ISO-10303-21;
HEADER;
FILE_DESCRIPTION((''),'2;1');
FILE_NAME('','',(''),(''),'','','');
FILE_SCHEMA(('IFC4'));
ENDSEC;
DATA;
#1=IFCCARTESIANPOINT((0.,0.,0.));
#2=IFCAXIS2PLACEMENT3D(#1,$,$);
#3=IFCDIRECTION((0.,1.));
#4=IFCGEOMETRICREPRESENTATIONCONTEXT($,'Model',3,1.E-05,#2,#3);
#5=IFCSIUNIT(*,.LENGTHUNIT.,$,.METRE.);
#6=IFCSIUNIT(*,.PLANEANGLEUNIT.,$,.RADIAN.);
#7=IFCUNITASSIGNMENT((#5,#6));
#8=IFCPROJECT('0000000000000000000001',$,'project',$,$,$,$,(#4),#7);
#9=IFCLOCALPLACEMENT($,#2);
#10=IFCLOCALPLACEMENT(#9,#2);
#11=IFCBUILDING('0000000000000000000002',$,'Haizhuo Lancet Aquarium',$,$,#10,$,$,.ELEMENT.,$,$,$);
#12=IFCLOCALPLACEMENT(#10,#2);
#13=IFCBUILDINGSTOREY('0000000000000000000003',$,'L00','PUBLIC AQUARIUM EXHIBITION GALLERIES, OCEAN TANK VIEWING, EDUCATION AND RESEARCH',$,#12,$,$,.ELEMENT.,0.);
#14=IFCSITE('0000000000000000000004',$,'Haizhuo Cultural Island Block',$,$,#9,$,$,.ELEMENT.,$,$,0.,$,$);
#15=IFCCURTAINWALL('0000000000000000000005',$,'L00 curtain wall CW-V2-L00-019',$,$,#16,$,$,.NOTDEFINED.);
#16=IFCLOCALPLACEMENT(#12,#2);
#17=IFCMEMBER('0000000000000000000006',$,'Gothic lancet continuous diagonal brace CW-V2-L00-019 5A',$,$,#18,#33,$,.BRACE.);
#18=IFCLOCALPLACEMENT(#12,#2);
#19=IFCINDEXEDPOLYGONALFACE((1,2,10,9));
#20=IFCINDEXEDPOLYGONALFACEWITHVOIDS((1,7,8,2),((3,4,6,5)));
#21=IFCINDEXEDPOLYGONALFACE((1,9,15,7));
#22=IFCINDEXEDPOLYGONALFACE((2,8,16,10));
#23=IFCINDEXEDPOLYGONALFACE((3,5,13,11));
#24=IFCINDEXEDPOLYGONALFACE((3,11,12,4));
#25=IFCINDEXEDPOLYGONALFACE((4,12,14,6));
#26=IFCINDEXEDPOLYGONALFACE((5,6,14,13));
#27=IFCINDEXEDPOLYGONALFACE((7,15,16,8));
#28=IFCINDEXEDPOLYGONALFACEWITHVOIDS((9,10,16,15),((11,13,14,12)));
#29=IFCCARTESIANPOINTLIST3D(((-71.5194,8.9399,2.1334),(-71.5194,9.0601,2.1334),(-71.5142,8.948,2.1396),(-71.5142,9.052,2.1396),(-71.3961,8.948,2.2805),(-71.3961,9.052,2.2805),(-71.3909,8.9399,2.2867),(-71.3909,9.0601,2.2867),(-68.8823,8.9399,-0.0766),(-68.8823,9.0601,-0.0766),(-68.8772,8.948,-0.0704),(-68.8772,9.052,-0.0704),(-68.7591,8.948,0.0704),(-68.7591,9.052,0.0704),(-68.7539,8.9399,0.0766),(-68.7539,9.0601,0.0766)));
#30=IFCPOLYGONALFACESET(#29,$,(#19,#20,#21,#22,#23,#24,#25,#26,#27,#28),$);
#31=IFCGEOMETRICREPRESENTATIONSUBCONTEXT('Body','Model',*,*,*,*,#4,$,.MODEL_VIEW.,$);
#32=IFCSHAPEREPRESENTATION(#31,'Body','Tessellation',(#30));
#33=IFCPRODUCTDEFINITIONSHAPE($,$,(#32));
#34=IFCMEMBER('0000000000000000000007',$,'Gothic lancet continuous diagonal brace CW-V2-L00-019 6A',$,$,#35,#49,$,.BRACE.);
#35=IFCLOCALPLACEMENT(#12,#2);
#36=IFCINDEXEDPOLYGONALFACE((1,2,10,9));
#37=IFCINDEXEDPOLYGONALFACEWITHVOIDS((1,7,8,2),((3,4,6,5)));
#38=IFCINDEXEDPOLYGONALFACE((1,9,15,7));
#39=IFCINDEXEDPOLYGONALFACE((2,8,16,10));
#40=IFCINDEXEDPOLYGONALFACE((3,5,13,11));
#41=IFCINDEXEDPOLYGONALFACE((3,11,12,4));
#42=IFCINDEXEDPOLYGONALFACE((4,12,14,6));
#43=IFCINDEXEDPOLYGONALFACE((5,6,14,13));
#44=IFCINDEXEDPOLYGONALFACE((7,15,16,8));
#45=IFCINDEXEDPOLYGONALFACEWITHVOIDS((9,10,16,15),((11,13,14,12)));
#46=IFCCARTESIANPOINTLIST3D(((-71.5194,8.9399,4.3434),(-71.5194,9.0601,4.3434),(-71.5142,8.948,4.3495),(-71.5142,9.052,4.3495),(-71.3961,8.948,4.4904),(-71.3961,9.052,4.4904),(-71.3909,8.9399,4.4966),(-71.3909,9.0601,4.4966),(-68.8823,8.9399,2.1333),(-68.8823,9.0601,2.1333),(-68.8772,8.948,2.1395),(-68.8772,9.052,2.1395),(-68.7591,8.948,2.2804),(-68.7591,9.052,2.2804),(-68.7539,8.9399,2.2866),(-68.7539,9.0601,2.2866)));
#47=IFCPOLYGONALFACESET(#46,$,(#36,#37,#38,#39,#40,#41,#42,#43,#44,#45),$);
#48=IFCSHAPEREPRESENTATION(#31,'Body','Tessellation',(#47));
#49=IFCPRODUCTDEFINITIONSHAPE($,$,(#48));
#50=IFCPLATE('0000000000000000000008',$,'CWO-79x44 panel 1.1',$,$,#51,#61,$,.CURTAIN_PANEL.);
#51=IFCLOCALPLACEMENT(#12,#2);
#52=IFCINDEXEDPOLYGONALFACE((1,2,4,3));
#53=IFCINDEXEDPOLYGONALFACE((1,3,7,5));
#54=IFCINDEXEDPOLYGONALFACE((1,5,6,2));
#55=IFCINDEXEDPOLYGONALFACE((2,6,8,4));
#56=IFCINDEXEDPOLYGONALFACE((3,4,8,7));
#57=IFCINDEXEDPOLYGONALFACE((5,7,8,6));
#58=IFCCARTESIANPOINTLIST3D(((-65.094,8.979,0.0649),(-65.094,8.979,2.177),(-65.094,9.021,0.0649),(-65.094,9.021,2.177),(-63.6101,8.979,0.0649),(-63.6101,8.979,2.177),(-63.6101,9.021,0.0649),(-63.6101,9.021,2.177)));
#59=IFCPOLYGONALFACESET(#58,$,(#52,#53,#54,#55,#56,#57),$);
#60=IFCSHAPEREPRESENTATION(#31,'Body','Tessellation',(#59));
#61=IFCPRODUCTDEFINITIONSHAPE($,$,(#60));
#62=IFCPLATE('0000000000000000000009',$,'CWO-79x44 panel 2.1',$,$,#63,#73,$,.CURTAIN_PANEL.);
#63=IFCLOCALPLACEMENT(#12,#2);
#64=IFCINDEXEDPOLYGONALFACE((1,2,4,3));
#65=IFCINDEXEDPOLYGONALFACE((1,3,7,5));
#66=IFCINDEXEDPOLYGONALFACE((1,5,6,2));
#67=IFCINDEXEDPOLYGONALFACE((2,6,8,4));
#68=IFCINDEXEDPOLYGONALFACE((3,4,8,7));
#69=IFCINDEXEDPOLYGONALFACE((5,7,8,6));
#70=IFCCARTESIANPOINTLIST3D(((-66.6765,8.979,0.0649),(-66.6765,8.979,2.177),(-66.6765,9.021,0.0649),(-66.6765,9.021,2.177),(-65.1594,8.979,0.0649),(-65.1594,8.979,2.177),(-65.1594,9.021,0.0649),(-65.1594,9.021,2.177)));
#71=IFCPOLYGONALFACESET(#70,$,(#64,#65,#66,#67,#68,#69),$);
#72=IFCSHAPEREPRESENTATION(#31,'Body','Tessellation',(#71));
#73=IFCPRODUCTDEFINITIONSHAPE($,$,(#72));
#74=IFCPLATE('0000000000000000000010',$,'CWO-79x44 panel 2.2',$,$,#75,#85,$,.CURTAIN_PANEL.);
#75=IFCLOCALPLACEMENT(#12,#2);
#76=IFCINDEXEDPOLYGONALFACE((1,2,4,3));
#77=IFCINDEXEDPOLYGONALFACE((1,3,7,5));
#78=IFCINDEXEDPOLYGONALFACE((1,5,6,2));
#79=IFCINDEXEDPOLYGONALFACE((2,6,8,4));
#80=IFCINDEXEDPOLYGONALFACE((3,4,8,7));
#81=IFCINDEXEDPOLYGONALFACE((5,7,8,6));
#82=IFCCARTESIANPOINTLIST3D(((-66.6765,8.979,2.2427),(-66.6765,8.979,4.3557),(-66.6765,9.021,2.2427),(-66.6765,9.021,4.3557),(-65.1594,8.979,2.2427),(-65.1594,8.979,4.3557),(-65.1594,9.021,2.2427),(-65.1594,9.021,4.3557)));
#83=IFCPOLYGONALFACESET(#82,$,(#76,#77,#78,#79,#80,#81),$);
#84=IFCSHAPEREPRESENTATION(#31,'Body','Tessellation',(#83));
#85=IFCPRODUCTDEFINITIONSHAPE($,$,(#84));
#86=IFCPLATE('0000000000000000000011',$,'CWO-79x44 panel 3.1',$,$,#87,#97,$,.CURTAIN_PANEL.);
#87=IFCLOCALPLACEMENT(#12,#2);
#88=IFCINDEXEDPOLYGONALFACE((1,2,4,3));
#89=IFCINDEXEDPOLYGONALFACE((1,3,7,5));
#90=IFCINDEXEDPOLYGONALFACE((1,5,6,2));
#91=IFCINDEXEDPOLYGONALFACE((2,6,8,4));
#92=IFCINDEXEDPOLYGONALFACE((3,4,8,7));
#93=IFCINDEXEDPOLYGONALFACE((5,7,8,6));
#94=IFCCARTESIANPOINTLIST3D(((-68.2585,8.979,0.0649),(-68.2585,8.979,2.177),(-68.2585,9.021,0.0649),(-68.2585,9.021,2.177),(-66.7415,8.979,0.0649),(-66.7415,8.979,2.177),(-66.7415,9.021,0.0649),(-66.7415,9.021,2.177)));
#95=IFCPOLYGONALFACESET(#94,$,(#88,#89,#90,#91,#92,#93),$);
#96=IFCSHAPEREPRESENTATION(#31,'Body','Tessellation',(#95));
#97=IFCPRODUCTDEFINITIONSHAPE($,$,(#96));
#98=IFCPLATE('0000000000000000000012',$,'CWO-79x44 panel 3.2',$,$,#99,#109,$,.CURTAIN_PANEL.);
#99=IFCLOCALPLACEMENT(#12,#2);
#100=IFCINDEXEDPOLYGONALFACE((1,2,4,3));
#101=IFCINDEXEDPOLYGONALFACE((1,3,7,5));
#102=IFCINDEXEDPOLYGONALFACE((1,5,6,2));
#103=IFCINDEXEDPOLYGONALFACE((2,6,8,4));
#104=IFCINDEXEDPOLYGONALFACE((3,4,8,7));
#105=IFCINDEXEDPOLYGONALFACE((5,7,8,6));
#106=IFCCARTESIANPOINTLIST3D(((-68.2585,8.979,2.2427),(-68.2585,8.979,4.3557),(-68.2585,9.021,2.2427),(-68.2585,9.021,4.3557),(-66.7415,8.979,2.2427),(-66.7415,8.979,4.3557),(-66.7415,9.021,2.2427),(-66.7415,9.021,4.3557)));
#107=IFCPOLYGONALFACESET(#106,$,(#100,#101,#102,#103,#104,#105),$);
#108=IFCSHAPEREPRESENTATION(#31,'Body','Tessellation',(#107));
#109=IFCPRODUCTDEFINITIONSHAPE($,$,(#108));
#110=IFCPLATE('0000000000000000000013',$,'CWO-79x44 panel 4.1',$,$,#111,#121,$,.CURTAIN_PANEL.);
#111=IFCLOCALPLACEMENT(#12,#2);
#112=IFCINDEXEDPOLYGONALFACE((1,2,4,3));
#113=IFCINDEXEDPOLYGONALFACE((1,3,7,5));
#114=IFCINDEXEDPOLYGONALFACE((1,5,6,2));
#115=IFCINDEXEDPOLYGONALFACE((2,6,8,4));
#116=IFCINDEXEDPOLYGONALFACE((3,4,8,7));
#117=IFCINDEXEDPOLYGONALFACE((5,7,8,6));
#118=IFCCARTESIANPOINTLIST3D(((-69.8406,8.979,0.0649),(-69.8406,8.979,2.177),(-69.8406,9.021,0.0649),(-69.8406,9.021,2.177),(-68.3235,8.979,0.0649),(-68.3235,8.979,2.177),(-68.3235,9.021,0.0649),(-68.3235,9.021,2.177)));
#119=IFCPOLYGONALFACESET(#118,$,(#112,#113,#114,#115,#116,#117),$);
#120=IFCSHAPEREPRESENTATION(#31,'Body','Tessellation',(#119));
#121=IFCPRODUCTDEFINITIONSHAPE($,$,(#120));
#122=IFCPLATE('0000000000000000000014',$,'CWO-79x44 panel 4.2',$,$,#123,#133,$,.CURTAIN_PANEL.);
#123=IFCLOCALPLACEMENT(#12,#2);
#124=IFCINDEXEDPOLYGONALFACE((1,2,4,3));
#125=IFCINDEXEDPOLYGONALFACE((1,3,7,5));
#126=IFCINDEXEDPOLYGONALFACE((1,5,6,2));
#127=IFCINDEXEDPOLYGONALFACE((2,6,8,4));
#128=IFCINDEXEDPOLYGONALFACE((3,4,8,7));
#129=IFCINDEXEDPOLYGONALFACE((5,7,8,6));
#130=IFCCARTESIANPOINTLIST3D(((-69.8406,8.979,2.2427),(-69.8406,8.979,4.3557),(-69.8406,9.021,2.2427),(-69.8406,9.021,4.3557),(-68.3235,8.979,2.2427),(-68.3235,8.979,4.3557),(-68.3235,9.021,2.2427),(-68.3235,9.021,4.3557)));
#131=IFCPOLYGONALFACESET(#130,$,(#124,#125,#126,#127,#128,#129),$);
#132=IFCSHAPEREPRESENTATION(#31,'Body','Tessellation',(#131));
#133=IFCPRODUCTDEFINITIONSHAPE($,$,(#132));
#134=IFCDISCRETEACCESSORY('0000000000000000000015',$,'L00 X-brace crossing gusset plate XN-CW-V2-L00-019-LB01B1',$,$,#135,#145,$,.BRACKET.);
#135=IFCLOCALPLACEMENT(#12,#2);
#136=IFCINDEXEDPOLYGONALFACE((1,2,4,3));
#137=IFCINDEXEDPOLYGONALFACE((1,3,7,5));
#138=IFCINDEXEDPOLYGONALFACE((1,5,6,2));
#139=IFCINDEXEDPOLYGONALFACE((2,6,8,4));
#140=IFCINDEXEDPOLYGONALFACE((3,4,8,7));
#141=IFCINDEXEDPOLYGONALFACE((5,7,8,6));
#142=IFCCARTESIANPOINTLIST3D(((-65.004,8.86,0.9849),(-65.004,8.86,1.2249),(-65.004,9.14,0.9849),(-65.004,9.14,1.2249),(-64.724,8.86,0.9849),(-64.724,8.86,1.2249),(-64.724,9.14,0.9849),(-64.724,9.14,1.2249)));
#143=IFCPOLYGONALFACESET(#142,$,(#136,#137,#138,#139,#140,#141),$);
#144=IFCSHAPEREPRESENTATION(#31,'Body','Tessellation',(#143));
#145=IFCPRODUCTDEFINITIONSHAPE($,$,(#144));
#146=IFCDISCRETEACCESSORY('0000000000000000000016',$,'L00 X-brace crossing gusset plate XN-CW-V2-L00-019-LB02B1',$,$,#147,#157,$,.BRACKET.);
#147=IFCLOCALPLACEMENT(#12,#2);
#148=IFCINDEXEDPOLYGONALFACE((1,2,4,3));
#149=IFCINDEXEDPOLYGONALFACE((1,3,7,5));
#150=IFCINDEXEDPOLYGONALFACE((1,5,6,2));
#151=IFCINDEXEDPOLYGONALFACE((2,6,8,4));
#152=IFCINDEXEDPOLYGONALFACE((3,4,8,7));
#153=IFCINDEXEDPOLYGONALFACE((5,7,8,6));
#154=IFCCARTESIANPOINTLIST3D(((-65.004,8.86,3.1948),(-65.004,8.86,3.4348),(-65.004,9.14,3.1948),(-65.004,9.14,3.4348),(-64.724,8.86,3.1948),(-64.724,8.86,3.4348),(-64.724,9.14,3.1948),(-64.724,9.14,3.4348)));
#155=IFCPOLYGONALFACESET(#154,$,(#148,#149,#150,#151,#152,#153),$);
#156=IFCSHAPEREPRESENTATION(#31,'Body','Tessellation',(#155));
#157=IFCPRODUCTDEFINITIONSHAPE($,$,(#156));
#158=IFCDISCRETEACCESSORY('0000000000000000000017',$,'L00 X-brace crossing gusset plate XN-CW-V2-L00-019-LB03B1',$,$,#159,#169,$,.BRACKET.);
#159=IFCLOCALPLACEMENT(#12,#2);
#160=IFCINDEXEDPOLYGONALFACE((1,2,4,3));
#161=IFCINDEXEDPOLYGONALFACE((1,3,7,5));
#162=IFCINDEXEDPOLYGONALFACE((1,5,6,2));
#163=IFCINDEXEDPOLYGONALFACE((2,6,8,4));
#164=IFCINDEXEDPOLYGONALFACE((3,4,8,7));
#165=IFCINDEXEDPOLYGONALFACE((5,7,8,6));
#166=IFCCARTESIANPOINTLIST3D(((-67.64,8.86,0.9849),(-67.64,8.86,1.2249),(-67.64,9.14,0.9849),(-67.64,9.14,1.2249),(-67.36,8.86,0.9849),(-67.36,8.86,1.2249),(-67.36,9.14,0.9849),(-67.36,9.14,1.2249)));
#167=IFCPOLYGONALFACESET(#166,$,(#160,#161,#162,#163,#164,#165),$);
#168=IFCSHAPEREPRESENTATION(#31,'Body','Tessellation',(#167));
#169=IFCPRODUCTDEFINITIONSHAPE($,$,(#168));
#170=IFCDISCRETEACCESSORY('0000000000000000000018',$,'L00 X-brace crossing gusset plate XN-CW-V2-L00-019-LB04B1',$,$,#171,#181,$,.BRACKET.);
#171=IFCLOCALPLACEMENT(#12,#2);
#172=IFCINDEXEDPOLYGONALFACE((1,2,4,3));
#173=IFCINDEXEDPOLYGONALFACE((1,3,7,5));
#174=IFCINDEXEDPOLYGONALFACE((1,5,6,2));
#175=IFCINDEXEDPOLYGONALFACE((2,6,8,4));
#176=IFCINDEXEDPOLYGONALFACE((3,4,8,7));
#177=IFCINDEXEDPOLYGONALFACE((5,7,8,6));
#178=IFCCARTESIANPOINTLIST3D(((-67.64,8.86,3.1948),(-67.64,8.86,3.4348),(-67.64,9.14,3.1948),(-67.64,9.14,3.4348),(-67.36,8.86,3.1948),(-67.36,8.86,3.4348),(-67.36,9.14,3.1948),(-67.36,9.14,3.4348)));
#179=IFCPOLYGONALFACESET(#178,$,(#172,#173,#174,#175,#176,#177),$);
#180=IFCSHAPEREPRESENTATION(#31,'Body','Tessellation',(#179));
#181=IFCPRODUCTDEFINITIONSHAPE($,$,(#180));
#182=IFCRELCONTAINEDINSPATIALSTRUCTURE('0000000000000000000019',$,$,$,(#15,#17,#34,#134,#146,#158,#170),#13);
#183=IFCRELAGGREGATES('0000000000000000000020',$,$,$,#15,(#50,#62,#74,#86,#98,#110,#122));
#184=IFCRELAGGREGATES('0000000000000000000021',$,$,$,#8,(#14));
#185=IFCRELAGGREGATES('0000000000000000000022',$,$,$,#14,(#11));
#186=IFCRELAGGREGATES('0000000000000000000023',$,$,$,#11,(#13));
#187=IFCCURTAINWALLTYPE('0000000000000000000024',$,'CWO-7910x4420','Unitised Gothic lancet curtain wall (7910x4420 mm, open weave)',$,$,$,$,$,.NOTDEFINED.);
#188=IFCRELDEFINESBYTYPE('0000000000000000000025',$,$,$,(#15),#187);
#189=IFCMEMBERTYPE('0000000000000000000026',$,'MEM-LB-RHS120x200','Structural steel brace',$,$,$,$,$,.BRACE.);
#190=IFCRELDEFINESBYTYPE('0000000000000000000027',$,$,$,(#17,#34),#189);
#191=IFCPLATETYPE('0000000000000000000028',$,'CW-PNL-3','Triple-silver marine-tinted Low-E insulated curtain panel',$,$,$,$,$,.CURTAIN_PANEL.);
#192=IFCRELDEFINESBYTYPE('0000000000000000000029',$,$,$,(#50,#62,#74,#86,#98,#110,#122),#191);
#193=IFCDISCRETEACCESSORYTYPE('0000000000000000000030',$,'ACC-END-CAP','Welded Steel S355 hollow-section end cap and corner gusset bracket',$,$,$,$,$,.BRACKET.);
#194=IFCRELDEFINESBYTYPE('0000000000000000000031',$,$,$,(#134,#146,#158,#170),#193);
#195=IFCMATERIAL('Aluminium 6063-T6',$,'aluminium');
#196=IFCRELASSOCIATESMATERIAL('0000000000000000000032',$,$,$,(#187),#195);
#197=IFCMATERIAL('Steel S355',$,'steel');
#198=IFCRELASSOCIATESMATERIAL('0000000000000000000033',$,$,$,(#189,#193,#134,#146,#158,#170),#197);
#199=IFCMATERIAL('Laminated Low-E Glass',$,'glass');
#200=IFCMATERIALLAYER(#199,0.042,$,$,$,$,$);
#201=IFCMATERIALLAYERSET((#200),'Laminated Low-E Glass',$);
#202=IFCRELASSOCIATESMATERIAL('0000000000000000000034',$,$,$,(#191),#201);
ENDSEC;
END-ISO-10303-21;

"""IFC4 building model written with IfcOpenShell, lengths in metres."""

from ifc_helpers import new_model, si_unit, direction, frame, origin, origin_2d, place, context, subcontext, project, spatial, rectangle, hollow_rectangle, extrude, material, layer, layer_set, material_profile, profile_set, type_object, element, aggregate, save


model = new_model("IFC4")

# Units and contexts
model_context = context("Model", 3, precision=1e-05, world=origin(), true_north=direction((0.0, 1.0)))
body_context = subcontext(model_context, "Body", "Model", "MODEL_VIEW")
ifc_project = project(units=[si_unit("LENGTHUNIT", "METRE"), si_unit("PLANEANGLEUNIT", "RADIAN")], contexts=[model_context])

# Site, building, storey
site_placement = place(None, origin())
site = spatial("IfcSite", under=ifc_project, at=site_placement, Name="Haizhuo Cultural Island Block", CompositionType="ELEMENT", RefElevation=0.0)
building_placement = place(site_placement, origin())
building = spatial("IfcBuilding", under=site, at=building_placement, Name="Haizhuo Lancet Aquarium", CompositionType="ELEMENT")
storey_placement = place(building_placement, origin())
storey = spatial("IfcBuildingStorey", under=building, at=storey_placement, Name="L00", Description="PUBLIC AQUARIUM EXHIBITION GALLERIES, OCEAN TANK VIEWING, EDUCATION AND RESEARCH", CompositionType="ELEMENT", Elevation=0.0)

# Curtain wall
ifc_material_1 = material(Name="Aluminium 6063-T6", Category="aluminium")
curtain_wall_type = type_object("IfcCurtainWallType", Name="CWO-7910x4420", Description="Unitised Gothic lancet curtain wall (7910x4420 mm, open weave)", PredefinedType="NOTDEFINED", material=ifc_material_1)
curtain_wall_placement = place(storey_placement, origin())
curtain_wall = element("IfcCurtainWall", 1, at=curtain_wall_placement, inside=storey, type_object=curtain_wall_type, Name="L00 curtain wall CW-V2-L00-019", PredefinedType="NOTDEFINED")

# Members
ifc_material_2 = material(Name="Steel S355", Category="steel")
ifc_material_profile_1 = material_profile(ifc_material_2, hollow_rectangle(XDim=0.1201, YDim=0.2, WallThickness=0.0081, at=origin_2d()), Name="RHS 120x200x8")
ifc_profile_set_1 = profile_set([ifc_material_profile_1], Name="Steel S355")
member_type_1 = type_object("IfcMemberType", Name="MEM-LB-RHS120x200", Description="Structural steel brace", PredefinedType="BRACE", material=ifc_profile_set_1)
for number, where, z_axis, x_axis, name in (
    (2, (-68.8181, 9.0, 0.0), (-0.766433, 0.0, 0.642325), (0.0, -1.0, 0.0), "Gothic lancet continuous diagonal brace CW-V2-L00-019 5A"),
    (3, (-68.8181, 9.0, 2.21), (-0.766433, 0.0, 0.642325), (0.0, -1.0, 0.0), "Gothic lancet continuous diagonal brace CW-V2-L00-019 6A"),
):
    element("IfcMember", number, at=place(storey_placement, frame(where, z_axis=z_axis, x_axis=x_axis)), inside=storey, type_object=member_type_1, Name=name, PredefinedType="BRACE", context=body_context, shape_type="SweptSolid", body=[
        extrude(hollow_rectangle(XDim=0.1201, YDim=0.2, WallThickness=0.0081, at=origin_2d()), origin(), (0.0, 0.0, 1.0), 3.4407),
    ])

# Plates
ifc_material_3 = material(Name="Laminated Low-E Glass", Category="glass")
ifc_layer = layer(ifc_material_3, 0.042)
ifc_layer_set = layer_set([ifc_layer], Name="Laminated Low-E Glass")
plate_type = type_object("IfcPlateType", Name="CW-PNL-3", Description="Triple-silver marine-tinted Low-E insulated curtain panel", PredefinedType="CURTAIN_PANEL", material=ifc_layer_set)
plate_1_placement = place(storey_placement, frame((-64.3521, 9.0, 0.0649), z_axis=(0.0, 0.0, 1.0), x_axis=(-1.0, 0.0, 0.0)))
plate_1 = element("IfcPlate", 4, at=plate_1_placement, type_object=plate_type, Name="CWO-79x44 panel 1.1", PredefinedType="CURTAIN_PANEL", context=body_context, shape_type="SweptSolid", body=[
    extrude(rectangle(XDim=1.4839, YDim=0.042, at=origin_2d()), origin(), (0.0, 0.0, 1.0), 2.1121),
])
plate_2_placement = place(storey_placement, frame((-65.918, 9.0, 0.0649), z_axis=(0.0, 0.0, 1.0), x_axis=(-1.0, 0.0, 0.0)))
plate_2 = element("IfcPlate", 5, at=plate_2_placement, type_object=plate_type, Name="CWO-79x44 panel 2.1", PredefinedType="CURTAIN_PANEL", context=body_context, shape_type="SweptSolid", body=[
    extrude(rectangle(XDim=1.5171, YDim=0.042, at=origin_2d()), origin(), (0.0, 0.0, 1.0), 2.1121),
])
plate_3_placement = place(storey_placement, frame((-65.918, 9.0, 2.2427), z_axis=(0.0, 0.0, 1.0), x_axis=(-1.0, 0.0, 0.0)))
plate_3 = element("IfcPlate", 6, at=plate_3_placement, type_object=plate_type, Name="CWO-79x44 panel 2.2", PredefinedType="CURTAIN_PANEL", context=body_context, shape_type="SweptSolid", body=[
    extrude(rectangle(XDim=1.5171, YDim=0.042, at=origin_2d()), origin(), (0.0, 0.0, 1.0), 2.113),
])
plate_4_placement = place(storey_placement, frame((-67.5, 9.0, 0.0649), z_axis=(0.0, 0.0, 1.0), x_axis=(-1.0, 0.0, 0.0)))
plate_4 = element("IfcPlate", 7, at=plate_4_placement, type_object=plate_type, Name="CWO-79x44 panel 3.1", PredefinedType="CURTAIN_PANEL", context=body_context, shape_type="SweptSolid", body=[
    extrude(rectangle(XDim=1.5171, YDim=0.042, at=origin_2d()), origin(), (0.0, 0.0, 1.0), 2.1121),
])
plate_5_placement = place(storey_placement, frame((-67.5, 9.0, 2.2427), z_axis=(0.0, 0.0, 1.0), x_axis=(-1.0, 0.0, 0.0)))
plate_5 = element("IfcPlate", 8, at=plate_5_placement, type_object=plate_type, Name="CWO-79x44 panel 3.2", PredefinedType="CURTAIN_PANEL", context=body_context, shape_type="SweptSolid", body=[
    extrude(rectangle(XDim=1.5171, YDim=0.042, at=origin_2d()), origin(), (0.0, 0.0, 1.0), 2.113),
])
plate_6_placement = place(storey_placement, frame((-69.082, 9.0, 0.0649), z_axis=(0.0, 0.0, 1.0), x_axis=(-1.0, 0.0, 0.0)))
plate_6 = element("IfcPlate", 9, at=plate_6_placement, type_object=plate_type, Name="CWO-79x44 panel 4.1", PredefinedType="CURTAIN_PANEL", context=body_context, shape_type="SweptSolid", body=[
    extrude(rectangle(XDim=1.5171, YDim=0.042, at=origin_2d()), origin(), (0.0, 0.0, 1.0), 2.1121),
])
plate_7_placement = place(storey_placement, frame((-69.082, 9.0, 2.2427), z_axis=(0.0, 0.0, 1.0), x_axis=(-1.0, 0.0, 0.0)))
plate_7 = element("IfcPlate", 10, at=plate_7_placement, type_object=plate_type, Name="CWO-79x44 panel 4.2", PredefinedType="CURTAIN_PANEL", context=body_context, shape_type="SweptSolid", body=[
    extrude(rectangle(XDim=1.5171, YDim=0.042, at=origin_2d()), origin(), (0.0, 0.0, 1.0), 2.113),
])
aggregate(curtain_wall, [plate_1, plate_2, plate_3, plate_4, plate_5, plate_6, plate_7])

# Discrete accessories
discrete_accessory_type = type_object("IfcDiscreteAccessoryType", Name="ACC-END-CAP", Description="Welded Steel S355 hollow-section end cap and corner gusset bracket", PredefinedType="BRACKET", material=ifc_material_2)
for number, where, z_axis, x_axis, name in (
    (11, (-64.864, 9.0, 0.9849), (0.0, 0.0, 1.0), (1.0, 0.0, 0.0), "L00 X-brace crossing gusset plate XN-CW-V2-L00-019-LB01B1"),
    (12, (-64.864, 9.0, 3.1948), (0.0, 0.0, 1.0), (1.0, 0.0, 0.0), "L00 X-brace crossing gusset plate XN-CW-V2-L00-019-LB02B1"),
    (13, (-67.5, 9.0, 0.9849), (0.0, 0.0, 1.0), (1.0, 0.0, 0.0), "L00 X-brace crossing gusset plate XN-CW-V2-L00-019-LB03B1"),
    (14, (-67.5, 9.0, 3.1948), (0.0, 0.0, 1.0), (1.0, 0.0, 0.0), "L00 X-brace crossing gusset plate XN-CW-V2-L00-019-LB04B1"),
):
    element("IfcDiscreteAccessory", number, at=place(storey_placement, frame(where, z_axis=z_axis, x_axis=x_axis)), inside=storey, type_object=discrete_accessory_type, material=ifc_material_2, Name=name, PredefinedType="BRACKET", context=body_context, shape_type="SweptSolid", body=[
        extrude(rectangle(XDim=0.28, YDim=0.28, at=origin_2d()), origin(), (0.0, 0.0, 1.0), 0.24),
    ])

save(model, "model.ifc")
